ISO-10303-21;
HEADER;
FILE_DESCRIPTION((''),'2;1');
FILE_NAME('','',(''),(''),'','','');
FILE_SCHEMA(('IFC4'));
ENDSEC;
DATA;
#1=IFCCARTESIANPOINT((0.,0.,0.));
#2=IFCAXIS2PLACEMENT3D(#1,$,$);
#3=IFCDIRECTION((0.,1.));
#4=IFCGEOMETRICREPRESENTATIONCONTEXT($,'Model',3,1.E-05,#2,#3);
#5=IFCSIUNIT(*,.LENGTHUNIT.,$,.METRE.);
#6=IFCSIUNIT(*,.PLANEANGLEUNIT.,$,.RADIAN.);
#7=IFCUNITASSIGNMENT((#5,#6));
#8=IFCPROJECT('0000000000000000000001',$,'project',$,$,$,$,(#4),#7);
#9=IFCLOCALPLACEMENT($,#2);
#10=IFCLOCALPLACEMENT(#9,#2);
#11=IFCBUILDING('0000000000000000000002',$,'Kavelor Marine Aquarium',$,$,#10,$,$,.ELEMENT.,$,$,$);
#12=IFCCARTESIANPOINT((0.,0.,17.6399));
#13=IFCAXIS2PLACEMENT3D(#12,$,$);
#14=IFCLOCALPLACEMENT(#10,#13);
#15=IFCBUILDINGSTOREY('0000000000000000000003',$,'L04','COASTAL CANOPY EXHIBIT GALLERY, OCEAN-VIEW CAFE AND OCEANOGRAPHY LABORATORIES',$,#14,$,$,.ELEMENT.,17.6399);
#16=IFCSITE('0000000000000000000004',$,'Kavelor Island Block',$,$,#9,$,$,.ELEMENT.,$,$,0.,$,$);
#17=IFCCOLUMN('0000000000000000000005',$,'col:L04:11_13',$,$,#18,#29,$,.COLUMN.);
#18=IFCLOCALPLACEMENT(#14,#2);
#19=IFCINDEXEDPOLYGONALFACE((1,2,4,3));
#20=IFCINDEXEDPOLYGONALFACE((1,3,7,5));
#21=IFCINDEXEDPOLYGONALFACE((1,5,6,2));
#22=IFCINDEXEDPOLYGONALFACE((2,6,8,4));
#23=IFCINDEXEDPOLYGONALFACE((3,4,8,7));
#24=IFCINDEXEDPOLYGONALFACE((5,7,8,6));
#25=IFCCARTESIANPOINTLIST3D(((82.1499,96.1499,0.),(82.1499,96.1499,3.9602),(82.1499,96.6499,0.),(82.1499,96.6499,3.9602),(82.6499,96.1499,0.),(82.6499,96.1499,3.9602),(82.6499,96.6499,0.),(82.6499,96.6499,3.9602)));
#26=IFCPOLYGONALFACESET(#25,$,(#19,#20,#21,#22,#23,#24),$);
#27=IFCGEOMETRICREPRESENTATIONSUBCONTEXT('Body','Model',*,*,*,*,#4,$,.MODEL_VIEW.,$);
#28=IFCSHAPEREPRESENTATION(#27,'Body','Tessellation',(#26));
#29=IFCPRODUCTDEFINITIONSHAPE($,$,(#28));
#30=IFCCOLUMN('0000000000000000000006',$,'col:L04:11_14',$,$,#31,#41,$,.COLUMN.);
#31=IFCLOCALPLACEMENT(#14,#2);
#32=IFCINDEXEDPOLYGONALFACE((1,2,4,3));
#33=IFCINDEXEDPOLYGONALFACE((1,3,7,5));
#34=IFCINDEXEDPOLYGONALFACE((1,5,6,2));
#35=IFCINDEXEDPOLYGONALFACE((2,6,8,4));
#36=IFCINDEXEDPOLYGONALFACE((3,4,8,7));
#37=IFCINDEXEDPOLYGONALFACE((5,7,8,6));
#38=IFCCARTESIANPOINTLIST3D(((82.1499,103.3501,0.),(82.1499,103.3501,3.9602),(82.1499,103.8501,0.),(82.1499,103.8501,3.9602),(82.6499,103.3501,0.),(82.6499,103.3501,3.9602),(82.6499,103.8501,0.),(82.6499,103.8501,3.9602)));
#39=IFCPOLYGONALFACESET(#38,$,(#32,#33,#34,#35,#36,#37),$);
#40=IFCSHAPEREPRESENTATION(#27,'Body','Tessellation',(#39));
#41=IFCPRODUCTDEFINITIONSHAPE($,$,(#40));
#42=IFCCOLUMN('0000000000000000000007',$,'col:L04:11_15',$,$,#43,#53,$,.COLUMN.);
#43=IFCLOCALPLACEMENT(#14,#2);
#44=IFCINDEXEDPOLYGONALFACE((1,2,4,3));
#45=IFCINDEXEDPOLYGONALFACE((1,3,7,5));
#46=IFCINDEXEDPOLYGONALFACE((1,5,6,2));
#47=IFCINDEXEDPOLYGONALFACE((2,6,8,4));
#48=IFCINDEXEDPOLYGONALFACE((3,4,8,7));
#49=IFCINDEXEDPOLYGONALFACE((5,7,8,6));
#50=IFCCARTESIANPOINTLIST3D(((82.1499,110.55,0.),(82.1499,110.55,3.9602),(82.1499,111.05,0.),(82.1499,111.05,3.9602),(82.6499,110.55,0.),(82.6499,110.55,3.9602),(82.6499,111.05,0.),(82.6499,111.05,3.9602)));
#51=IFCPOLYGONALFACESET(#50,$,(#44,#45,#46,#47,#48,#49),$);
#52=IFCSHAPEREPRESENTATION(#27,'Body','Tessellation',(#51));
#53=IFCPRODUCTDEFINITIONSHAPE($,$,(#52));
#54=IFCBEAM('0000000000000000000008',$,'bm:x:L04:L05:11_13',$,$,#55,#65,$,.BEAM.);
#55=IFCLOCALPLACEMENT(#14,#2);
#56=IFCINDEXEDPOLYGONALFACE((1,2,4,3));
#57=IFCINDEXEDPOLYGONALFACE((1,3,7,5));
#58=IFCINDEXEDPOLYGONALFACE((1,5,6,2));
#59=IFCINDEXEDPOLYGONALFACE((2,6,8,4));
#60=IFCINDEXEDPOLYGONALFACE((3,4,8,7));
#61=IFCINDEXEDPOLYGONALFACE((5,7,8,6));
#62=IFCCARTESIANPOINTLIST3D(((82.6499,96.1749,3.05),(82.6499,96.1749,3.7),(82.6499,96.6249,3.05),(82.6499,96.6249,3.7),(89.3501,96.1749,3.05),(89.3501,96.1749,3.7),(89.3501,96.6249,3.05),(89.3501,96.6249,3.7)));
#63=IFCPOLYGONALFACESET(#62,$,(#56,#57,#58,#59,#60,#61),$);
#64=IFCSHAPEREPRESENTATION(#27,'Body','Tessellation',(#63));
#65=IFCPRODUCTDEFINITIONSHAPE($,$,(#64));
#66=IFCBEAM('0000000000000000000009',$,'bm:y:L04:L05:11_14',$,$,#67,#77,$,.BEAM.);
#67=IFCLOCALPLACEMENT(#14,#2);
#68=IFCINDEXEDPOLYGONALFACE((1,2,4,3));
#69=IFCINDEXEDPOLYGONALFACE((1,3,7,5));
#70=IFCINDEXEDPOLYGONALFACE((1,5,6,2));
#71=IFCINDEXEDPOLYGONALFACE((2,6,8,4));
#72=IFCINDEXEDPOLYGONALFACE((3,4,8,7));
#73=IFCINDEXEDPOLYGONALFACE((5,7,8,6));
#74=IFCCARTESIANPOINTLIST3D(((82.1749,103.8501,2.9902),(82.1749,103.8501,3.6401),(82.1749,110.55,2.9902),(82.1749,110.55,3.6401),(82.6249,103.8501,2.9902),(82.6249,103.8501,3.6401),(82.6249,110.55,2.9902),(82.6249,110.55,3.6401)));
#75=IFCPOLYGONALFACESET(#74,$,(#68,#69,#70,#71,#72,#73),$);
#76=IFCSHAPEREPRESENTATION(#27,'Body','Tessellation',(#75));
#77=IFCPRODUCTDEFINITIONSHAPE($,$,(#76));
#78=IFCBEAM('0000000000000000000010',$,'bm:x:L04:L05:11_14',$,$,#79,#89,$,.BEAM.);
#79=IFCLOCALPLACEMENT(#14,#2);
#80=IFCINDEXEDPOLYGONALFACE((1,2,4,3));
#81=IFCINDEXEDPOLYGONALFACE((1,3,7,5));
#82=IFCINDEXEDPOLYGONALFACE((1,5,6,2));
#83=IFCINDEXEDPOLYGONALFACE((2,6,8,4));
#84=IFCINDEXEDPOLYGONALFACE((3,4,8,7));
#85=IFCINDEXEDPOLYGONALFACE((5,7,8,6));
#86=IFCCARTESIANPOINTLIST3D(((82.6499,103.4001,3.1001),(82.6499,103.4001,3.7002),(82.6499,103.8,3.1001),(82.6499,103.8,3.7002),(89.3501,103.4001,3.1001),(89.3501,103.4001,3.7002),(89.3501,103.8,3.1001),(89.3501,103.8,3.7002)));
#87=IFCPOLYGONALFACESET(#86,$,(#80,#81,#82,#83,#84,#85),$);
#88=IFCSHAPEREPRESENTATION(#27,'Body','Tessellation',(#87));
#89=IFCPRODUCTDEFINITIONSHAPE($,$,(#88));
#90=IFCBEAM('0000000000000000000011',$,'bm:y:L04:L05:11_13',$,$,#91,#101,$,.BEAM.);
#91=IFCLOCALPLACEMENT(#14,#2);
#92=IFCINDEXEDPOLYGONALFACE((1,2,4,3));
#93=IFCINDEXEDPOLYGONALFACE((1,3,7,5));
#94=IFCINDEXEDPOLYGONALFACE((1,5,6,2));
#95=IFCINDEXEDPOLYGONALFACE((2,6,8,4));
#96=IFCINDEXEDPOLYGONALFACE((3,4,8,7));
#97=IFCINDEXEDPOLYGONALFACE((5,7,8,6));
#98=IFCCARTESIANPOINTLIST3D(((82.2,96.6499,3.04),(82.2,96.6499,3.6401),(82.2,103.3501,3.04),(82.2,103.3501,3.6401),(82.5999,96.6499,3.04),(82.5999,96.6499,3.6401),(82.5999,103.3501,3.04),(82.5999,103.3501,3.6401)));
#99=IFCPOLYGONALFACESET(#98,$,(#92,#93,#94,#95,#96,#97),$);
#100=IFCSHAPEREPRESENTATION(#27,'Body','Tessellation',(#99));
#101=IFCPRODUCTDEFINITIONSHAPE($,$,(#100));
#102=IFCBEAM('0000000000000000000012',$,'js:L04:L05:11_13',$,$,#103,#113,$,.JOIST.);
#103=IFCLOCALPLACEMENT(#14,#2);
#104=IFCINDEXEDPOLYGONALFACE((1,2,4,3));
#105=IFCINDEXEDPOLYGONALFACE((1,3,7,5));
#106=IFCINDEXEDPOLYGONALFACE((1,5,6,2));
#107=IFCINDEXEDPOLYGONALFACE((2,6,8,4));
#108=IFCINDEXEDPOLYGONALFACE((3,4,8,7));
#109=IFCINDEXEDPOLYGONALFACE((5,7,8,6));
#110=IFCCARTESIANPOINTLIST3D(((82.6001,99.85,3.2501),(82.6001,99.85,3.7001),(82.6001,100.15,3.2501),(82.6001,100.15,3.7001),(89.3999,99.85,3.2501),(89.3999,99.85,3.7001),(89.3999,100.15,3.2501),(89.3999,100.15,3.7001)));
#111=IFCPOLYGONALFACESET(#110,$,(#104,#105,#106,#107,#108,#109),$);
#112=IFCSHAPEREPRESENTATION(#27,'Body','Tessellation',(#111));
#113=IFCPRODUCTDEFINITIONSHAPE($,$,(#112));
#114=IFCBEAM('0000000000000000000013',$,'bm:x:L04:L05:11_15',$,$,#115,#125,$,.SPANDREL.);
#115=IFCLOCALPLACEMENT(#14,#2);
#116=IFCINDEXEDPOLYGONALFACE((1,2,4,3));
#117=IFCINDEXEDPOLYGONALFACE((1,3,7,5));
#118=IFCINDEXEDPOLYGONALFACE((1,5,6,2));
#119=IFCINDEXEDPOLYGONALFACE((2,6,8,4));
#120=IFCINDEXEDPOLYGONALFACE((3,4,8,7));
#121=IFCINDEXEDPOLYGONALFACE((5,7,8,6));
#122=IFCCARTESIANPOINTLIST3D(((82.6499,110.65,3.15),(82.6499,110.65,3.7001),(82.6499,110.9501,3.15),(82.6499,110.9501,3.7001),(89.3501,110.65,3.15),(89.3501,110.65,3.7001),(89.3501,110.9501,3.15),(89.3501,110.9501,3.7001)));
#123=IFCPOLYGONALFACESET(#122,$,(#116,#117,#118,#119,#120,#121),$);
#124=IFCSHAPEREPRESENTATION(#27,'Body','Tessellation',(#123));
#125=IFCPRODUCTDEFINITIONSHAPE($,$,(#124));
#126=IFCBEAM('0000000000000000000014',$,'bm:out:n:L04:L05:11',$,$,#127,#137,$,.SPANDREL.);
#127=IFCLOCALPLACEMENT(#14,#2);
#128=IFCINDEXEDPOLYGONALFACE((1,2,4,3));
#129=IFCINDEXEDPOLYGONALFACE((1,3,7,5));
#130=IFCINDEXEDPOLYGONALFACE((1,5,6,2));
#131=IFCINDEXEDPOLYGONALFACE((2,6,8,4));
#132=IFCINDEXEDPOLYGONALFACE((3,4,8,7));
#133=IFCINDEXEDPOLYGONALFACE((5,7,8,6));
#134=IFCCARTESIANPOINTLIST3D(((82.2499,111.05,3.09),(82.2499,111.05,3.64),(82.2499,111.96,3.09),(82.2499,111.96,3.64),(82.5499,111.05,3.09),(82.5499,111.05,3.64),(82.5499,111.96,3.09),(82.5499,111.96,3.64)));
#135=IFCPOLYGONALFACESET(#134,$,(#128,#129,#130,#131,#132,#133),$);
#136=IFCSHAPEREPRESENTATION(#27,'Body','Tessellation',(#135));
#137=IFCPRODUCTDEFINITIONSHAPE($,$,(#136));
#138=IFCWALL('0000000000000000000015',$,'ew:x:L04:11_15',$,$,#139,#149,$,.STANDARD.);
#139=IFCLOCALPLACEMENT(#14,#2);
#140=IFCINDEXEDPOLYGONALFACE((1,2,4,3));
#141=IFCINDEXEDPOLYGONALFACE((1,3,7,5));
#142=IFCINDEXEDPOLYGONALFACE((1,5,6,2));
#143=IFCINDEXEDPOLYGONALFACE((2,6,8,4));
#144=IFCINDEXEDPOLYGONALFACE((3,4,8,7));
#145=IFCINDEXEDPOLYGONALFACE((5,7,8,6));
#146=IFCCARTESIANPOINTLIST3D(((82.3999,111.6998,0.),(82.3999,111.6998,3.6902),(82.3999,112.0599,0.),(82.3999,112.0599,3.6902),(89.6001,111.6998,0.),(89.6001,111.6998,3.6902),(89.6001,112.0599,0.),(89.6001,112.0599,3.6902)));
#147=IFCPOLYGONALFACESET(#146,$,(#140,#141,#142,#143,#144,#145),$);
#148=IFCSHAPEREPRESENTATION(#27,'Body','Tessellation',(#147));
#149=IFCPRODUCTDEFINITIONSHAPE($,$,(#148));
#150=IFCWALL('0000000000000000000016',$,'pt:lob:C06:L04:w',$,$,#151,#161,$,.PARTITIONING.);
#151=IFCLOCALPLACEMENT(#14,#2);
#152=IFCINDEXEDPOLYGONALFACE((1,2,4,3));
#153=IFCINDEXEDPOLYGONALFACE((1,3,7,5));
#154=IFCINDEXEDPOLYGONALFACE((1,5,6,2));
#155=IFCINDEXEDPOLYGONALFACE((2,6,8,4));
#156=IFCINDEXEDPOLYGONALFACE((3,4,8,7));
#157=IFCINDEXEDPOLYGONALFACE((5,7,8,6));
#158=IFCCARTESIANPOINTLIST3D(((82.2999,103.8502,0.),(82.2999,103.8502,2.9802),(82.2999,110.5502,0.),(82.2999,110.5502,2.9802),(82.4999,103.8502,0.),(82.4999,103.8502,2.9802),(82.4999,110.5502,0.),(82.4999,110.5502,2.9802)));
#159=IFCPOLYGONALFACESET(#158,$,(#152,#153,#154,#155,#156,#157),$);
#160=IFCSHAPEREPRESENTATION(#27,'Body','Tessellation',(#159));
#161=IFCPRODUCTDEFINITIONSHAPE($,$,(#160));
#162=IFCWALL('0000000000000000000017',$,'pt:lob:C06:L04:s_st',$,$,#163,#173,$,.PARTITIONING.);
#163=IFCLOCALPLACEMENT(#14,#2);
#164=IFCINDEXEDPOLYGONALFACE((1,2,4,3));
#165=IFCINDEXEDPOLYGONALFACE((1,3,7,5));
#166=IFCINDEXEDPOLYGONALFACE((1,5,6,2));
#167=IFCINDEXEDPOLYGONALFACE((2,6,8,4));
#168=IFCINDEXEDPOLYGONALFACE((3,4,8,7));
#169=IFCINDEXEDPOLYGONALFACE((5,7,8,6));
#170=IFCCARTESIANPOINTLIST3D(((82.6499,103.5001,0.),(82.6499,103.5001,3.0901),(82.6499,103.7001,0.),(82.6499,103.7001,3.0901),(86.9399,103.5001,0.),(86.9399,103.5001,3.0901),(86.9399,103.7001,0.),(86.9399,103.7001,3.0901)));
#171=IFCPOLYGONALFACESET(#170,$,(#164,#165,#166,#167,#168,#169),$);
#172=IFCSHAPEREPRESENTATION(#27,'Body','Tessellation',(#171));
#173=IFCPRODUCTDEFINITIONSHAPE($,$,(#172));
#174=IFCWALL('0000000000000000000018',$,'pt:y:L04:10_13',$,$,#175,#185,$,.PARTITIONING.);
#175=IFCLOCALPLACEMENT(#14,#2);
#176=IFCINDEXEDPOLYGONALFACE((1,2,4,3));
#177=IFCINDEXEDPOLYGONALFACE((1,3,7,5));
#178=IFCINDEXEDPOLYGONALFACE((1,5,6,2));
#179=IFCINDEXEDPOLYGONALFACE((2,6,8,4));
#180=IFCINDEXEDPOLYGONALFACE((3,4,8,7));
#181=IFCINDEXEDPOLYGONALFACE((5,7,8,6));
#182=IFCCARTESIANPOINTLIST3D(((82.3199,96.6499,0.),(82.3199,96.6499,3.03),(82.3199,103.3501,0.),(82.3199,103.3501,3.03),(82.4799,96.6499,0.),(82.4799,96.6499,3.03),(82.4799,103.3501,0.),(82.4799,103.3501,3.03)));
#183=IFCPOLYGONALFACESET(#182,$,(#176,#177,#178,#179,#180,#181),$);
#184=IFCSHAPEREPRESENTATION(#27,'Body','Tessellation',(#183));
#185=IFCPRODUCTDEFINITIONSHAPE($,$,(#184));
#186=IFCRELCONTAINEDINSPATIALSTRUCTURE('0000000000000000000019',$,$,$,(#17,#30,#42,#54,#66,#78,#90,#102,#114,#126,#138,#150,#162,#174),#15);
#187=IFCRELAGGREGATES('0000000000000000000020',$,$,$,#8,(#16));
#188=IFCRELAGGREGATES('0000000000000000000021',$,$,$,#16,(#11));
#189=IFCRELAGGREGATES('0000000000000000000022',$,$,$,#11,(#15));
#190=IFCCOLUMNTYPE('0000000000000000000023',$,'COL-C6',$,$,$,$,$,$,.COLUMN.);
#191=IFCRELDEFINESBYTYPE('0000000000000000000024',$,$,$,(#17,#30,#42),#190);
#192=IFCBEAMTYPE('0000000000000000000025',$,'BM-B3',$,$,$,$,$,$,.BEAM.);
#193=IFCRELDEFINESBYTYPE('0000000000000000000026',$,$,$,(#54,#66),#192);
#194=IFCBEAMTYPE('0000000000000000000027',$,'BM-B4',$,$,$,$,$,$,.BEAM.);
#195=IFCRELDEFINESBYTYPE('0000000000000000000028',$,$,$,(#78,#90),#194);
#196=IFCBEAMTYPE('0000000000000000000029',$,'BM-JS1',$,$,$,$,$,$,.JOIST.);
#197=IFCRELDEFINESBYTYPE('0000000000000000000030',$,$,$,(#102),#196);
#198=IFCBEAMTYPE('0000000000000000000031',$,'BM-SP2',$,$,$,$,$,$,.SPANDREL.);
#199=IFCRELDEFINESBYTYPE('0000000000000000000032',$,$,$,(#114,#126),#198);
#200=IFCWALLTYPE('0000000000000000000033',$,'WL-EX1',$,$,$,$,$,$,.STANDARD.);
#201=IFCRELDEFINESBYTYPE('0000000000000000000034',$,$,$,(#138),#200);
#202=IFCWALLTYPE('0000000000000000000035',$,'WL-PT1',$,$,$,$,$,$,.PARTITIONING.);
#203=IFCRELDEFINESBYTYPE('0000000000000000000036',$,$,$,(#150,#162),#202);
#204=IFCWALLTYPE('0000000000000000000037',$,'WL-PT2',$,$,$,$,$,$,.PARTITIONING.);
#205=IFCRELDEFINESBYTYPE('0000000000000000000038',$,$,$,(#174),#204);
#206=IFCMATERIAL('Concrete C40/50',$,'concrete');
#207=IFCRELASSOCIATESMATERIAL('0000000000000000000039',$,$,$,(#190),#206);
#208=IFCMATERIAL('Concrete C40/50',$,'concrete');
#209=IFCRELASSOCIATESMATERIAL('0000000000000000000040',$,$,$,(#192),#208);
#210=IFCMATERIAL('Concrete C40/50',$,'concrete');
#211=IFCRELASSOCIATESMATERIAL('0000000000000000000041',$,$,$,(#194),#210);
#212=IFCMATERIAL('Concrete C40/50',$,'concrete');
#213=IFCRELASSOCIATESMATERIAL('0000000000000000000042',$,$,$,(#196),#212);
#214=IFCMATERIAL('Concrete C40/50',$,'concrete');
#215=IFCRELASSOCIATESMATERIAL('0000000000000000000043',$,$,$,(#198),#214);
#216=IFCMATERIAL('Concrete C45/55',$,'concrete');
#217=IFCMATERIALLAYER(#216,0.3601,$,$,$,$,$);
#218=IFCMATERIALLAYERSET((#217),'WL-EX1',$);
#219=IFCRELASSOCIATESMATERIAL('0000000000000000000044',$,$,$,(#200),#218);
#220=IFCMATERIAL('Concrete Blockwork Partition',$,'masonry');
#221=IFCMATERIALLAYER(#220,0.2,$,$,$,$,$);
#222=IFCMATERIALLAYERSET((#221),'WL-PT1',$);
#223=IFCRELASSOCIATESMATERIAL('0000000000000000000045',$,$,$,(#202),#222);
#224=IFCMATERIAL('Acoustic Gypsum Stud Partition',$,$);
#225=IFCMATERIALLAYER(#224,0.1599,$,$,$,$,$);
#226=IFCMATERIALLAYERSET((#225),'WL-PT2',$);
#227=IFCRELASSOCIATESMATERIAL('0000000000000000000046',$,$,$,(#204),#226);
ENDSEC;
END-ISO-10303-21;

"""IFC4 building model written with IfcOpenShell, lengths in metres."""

from ifc_helpers import new_model, si_unit, direction, frame, frame_2d, origin, origin_2d, place, context, subcontext, project, spatial, rectangle, extrude, material, layer, layer_set, material_profile, profile_set, type_object, element, save


model = new_model("IFC4")

# Units and contexts
model_context = context("Model", 3, precision=1e-05, world=origin(), true_north=direction((0.0, 1.0)))
body_context = subcontext(model_context, "Body", "Model", "MODEL_VIEW")
ifc_project = project(units=[si_unit("LENGTHUNIT", "METRE"), si_unit("PLANEANGLEUNIT", "RADIAN")], contexts=[model_context])

# Site, building, storey
site_placement = place(None, origin())
site = spatial("IfcSite", under=ifc_project, at=site_placement, Name="Kavelor Island Block", CompositionType="ELEMENT", RefElevation=0.0)
building_placement = place(site_placement, origin())
building = spatial("IfcBuilding", under=site, at=building_placement, Name="Kavelor Marine Aquarium", CompositionType="ELEMENT")
storey_placement = place(building_placement, frame((0.0, 0.0, 17.6399)))
storey = spatial("IfcBuildingStorey", under=building, at=storey_placement, Name="L04", Description="COASTAL CANOPY EXHIBIT GALLERY, OCEAN-VIEW CAFE AND OCEANOGRAPHY LABORATORIES", CompositionType="ELEMENT", Elevation=17.6399)

# Columns
ifc_material_1 = material(Name="Concrete C40/50", Category="concrete")
ifc_material_profile_1 = material_profile(ifc_material_1, rectangle(XDim=0.5, YDim=0.5, at=origin_2d()), Name="RC-COL 500x500")
ifc_profile_set_1 = profile_set([ifc_material_profile_1], Name="Concrete C40/50")
column_type = type_object("IfcColumnType", Name="COL-C6", PredefinedType="COLUMN", material=ifc_profile_set_1)
for number, where, z_axis, x_axis, name in (
    (1, (82.3999, 96.3999, 0.0), (0.0, 0.0, 1.0), (1.0, 0.0, 0.0), "col:L04:11_13"),
    (2, (82.3999, 103.6001, 0.0), (0.0, 0.0, 1.0), (1.0, 0.0, 0.0), "col:L04:11_14"),
    (3, (82.3999, 110.8, 0.0), (0.0, 0.0, 1.0), (1.0, 0.0, 0.0), "col:L04:11_15"),
):
    element("IfcColumn", number, at=place(storey_placement, frame(where, z_axis=z_axis, x_axis=x_axis)), inside=storey, type_object=column_type, Name=name, PredefinedType="COLUMN", context=body_context, shape_type="SweptSolid", body=[
        extrude(rectangle(XDim=0.5, YDim=0.5, at=origin_2d()), origin(), (0.0, 0.0, 1.0), 3.9602),
    ])

# Beams
ifc_material_2 = material(Name="Concrete C40/50", Category="concrete")
ifc_material_profile_2 = material_profile(ifc_material_2, rectangle(XDim=0.45, YDim=0.6499, at=origin_2d()), Name="RC-BM 450x650")
ifc_profile_set_2 = profile_set([ifc_material_profile_2], Name="Concrete C40/50")
beam_type_1 = type_object("IfcBeamType", Name="BM-B3", PredefinedType="BEAM", material=ifc_profile_set_2)
beam_1_placement = place(storey_placement, frame((82.6499, 96.3999, 3.375), z_axis=(1.0, 0.0, 0.0), x_axis=(0.0, 1.0, 0.0)))
element("IfcBeam", 4, at=beam_1_placement, inside=storey, type_object=beam_type_1, Name="bm:x:L04:L05:11_13", PredefinedType="BEAM", context=body_context, shape_type="SweptSolid", body=[
    extrude(rectangle(XDim=0.45, YDim=0.6499, at=origin_2d()), origin(), (0.0, 0.0, 1.0), 6.7002),
])
beam_2_placement = place(storey_placement, frame((82.3999, 103.8501, 3.3152), z_axis=(0.0, 1.0, 0.0), x_axis=(-1.0, 0.0, 0.0)))
element("IfcBeam", 5, at=beam_2_placement, inside=storey, type_object=beam_type_1, Name="bm:y:L04:L05:11_14", PredefinedType="BEAM", context=body_context, shape_type="SweptSolid", body=[
    extrude(rectangle(XDim=0.45, YDim=0.6499, at=origin_2d()), origin(), (0.0, 0.0, 1.0), 6.7),
])
ifc_material_3 = material(Name="Concrete C40/50", Category="concrete")
ifc_material_profile_3 = material_profile(ifc_material_3, rectangle(XDim=0.3999, YDim=0.6001, at=origin_2d()), Name="RC-BM 400x600")
ifc_profile_set_3 = profile_set([ifc_material_profile_3], Name="Concrete C40/50")
beam_type_2 = type_object("IfcBeamType", Name="BM-B4", PredefinedType="BEAM", material=ifc_profile_set_3)
for number, where, z_axis, x_axis, name in (
    (6, (82.6499, 103.6001, 3.4001), (1.0, 0.0, 0.0), (0.0, 1.0, 0.0), "bm:x:L04:L05:11_14"),
    (7, (82.3999, 96.6499, 3.3401), (0.0, 1.0, 0.0), (-1.0, 0.0, 0.0), "bm:y:L04:L05:11_13"),
):
    element("IfcBeam", number, at=place(storey_placement, frame(where, z_axis=z_axis, x_axis=x_axis)), inside=storey, type_object=beam_type_2, Name=name, PredefinedType="BEAM", context=body_context, shape_type="SweptSolid", body=[
        extrude(rectangle(XDim=0.3999, YDim=0.6001, at=origin_2d()), origin(), (0.0, 0.0, 1.0), 6.7002),
    ])
ifc_material_4 = material(Name="Concrete C40/50", Category="concrete")
ifc_material_profile_4 = material_profile(ifc_material_4, rectangle(XDim=0.3, YDim=0.45, at=origin_2d()), Name="RC-JS 300x450")
ifc_profile_set_4 = profile_set([ifc_material_profile_4], Name="Concrete C40/50")
beam_type_3 = type_object("IfcBeamType", Name="BM-JS1", PredefinedType="JOIST", material=ifc_profile_set_4)
beam_3_placement = place(storey_placement, frame((82.6001, 100.0, 3.4751), z_axis=(1.0, 0.0, 0.0), x_axis=(0.0, 1.0, 0.0)))
element("IfcBeam", 8, at=beam_3_placement, inside=storey, type_object=beam_type_3, Name="js:L04:L05:11_13", PredefinedType="JOIST", context=body_context, shape_type="SweptSolid", body=[
    extrude(rectangle(XDim=0.3, YDim=0.45, at=origin_2d()), origin(), (0.0, 0.0, 1.0), 6.7998),
])
ifc_material_5 = material(Name="Concrete C40/50", Category="concrete")
ifc_material_profile_5 = material_profile(ifc_material_5, rectangle(XDim=0.3, YDim=0.55, at=origin_2d()), Name="RC-SP 300x550")
ifc_profile_set_5 = profile_set([ifc_material_profile_5], Name="Concrete C40/50")
beam_type_4 = type_object("IfcBeamType", Name="BM-SP2", PredefinedType="SPANDREL", material=ifc_profile_set_5)
beam_4_placement = place(storey_placement, frame((82.6499, 110.8, 3.425), z_axis=(1.0, 0.0, 0.0), x_axis=(0.0, 1.0, 0.0)))
element("IfcBeam", 9, at=beam_4_placement, inside=storey, type_object=beam_type_4, Name="bm:x:L04:L05:11_15", PredefinedType="SPANDREL", context=body_context, shape_type="SweptSolid", body=[
    extrude(rectangle(XDim=0.3, YDim=0.55, at=origin_2d()), origin(), (0.0, 0.0, 1.0), 6.7002),
])
beam_5_placement = place(storey_placement, frame((82.3999, 111.05, 3.365), z_axis=(0.0, 1.0, 0.0), x_axis=(-1.0, 0.0, 0.0)))
element("IfcBeam", 10, at=beam_5_placement, inside=storey, type_object=beam_type_4, Name="bm:out:n:L04:L05:11", PredefinedType="SPANDREL", context=body_context, shape_type="SweptSolid", body=[
    extrude(rectangle(XDim=0.3, YDim=0.55, at=origin_2d()), origin(), (0.0, 0.0, 1.0), 0.9099),
])

# Walls
ifc_material_6 = material(Name="Concrete C45/55", Category="concrete")
ifc_layer_1 = layer(ifc_material_6, 0.3601)
ifc_layer_set_1 = layer_set([ifc_layer_1], Name="WL-EX1")
wall_type_1 = type_object("IfcWallType", Name="WL-EX1", PredefinedType="STANDARD", material=ifc_layer_set_1)
wall_1_placement = place(storey_placement, frame((82.3999, 111.8799, 0.0), z_axis=(0.0, 0.0, 1.0), x_axis=(1.0, 0.0, 0.0)))
element("IfcWall", 11, at=wall_1_placement, inside=storey, type_object=wall_type_1, Name="ew:x:L04:11_15", PredefinedType="STANDARD", context=body_context, shape_type="SweptSolid", body=[
    extrude(rectangle(XDim=7.2002, YDim=0.3601, at=frame_2d((3.6001, 0.0))), origin(), (0.0, 0.0, 1.0), 3.6902),
])
ifc_material_7 = material(Name="Concrete Blockwork Partition", Category="masonry")
ifc_layer_2 = layer(ifc_material_7, 0.2)
ifc_layer_set_2 = layer_set([ifc_layer_2], Name="WL-PT1")
wall_type_2 = type_object("IfcWallType", Name="WL-PT1", PredefinedType="PARTITIONING", material=ifc_layer_set_2)
wall_2_placement = place(storey_placement, frame((82.3999, 103.8501, 0.0), z_axis=(0.0, 0.0, 1.0), x_axis=(0.0, 1.0, 0.0)))
element("IfcWall", 12, at=wall_2_placement, inside=storey, type_object=wall_type_2, Name="pt:lob:C06:L04:w", PredefinedType="PARTITIONING", context=body_context, shape_type="SweptSolid", body=[
    extrude(rectangle(XDim=6.7, YDim=0.2, at=frame_2d((3.3501, 0.0))), origin(), (0.0, 0.0, 1.0), 2.9802),
])
wall_3_placement = place(storey_placement, frame((82.6499, 103.6001, 0.0), z_axis=(0.0, 0.0, 1.0), x_axis=(1.0, 0.0, 0.0)))
element("IfcWall", 13, at=wall_3_placement, inside=storey, type_object=wall_type_2, Name="pt:lob:C06:L04:s_st", PredefinedType="PARTITIONING", context=body_context, shape_type="SweptSolid", body=[
    extrude(rectangle(XDim=4.29, YDim=0.2, at=frame_2d((2.145, 0.0))), origin(), (0.0, 0.0, 1.0), 3.0901),
])
ifc_material_8 = material(Name="Acoustic Gypsum Stud Partition")
ifc_layer_3 = layer(ifc_material_8, 0.1599)
ifc_layer_set_3 = layer_set([ifc_layer_3], Name="WL-PT2")
wall_type_3 = type_object("IfcWallType", Name="WL-PT2", PredefinedType="PARTITIONING", material=ifc_layer_set_3)
wall_4_placement = place(storey_placement, frame((82.3999, 96.6499, 0.0), z_axis=(0.0, 0.0, 1.0), x_axis=(0.0, 1.0, 0.0)))
element("IfcWall", 14, at=wall_4_placement, inside=storey, type_object=wall_type_3, Name="pt:y:L04:10_13", PredefinedType="PARTITIONING", context=body_context, shape_type="SweptSolid", body=[
    extrude(rectangle(XDim=6.7002, YDim=0.1599, at=frame_2d((3.3501, 0.0))), origin(), (0.0, 0.0, 1.0), 3.03),
])

save(model, "model.ifc")
